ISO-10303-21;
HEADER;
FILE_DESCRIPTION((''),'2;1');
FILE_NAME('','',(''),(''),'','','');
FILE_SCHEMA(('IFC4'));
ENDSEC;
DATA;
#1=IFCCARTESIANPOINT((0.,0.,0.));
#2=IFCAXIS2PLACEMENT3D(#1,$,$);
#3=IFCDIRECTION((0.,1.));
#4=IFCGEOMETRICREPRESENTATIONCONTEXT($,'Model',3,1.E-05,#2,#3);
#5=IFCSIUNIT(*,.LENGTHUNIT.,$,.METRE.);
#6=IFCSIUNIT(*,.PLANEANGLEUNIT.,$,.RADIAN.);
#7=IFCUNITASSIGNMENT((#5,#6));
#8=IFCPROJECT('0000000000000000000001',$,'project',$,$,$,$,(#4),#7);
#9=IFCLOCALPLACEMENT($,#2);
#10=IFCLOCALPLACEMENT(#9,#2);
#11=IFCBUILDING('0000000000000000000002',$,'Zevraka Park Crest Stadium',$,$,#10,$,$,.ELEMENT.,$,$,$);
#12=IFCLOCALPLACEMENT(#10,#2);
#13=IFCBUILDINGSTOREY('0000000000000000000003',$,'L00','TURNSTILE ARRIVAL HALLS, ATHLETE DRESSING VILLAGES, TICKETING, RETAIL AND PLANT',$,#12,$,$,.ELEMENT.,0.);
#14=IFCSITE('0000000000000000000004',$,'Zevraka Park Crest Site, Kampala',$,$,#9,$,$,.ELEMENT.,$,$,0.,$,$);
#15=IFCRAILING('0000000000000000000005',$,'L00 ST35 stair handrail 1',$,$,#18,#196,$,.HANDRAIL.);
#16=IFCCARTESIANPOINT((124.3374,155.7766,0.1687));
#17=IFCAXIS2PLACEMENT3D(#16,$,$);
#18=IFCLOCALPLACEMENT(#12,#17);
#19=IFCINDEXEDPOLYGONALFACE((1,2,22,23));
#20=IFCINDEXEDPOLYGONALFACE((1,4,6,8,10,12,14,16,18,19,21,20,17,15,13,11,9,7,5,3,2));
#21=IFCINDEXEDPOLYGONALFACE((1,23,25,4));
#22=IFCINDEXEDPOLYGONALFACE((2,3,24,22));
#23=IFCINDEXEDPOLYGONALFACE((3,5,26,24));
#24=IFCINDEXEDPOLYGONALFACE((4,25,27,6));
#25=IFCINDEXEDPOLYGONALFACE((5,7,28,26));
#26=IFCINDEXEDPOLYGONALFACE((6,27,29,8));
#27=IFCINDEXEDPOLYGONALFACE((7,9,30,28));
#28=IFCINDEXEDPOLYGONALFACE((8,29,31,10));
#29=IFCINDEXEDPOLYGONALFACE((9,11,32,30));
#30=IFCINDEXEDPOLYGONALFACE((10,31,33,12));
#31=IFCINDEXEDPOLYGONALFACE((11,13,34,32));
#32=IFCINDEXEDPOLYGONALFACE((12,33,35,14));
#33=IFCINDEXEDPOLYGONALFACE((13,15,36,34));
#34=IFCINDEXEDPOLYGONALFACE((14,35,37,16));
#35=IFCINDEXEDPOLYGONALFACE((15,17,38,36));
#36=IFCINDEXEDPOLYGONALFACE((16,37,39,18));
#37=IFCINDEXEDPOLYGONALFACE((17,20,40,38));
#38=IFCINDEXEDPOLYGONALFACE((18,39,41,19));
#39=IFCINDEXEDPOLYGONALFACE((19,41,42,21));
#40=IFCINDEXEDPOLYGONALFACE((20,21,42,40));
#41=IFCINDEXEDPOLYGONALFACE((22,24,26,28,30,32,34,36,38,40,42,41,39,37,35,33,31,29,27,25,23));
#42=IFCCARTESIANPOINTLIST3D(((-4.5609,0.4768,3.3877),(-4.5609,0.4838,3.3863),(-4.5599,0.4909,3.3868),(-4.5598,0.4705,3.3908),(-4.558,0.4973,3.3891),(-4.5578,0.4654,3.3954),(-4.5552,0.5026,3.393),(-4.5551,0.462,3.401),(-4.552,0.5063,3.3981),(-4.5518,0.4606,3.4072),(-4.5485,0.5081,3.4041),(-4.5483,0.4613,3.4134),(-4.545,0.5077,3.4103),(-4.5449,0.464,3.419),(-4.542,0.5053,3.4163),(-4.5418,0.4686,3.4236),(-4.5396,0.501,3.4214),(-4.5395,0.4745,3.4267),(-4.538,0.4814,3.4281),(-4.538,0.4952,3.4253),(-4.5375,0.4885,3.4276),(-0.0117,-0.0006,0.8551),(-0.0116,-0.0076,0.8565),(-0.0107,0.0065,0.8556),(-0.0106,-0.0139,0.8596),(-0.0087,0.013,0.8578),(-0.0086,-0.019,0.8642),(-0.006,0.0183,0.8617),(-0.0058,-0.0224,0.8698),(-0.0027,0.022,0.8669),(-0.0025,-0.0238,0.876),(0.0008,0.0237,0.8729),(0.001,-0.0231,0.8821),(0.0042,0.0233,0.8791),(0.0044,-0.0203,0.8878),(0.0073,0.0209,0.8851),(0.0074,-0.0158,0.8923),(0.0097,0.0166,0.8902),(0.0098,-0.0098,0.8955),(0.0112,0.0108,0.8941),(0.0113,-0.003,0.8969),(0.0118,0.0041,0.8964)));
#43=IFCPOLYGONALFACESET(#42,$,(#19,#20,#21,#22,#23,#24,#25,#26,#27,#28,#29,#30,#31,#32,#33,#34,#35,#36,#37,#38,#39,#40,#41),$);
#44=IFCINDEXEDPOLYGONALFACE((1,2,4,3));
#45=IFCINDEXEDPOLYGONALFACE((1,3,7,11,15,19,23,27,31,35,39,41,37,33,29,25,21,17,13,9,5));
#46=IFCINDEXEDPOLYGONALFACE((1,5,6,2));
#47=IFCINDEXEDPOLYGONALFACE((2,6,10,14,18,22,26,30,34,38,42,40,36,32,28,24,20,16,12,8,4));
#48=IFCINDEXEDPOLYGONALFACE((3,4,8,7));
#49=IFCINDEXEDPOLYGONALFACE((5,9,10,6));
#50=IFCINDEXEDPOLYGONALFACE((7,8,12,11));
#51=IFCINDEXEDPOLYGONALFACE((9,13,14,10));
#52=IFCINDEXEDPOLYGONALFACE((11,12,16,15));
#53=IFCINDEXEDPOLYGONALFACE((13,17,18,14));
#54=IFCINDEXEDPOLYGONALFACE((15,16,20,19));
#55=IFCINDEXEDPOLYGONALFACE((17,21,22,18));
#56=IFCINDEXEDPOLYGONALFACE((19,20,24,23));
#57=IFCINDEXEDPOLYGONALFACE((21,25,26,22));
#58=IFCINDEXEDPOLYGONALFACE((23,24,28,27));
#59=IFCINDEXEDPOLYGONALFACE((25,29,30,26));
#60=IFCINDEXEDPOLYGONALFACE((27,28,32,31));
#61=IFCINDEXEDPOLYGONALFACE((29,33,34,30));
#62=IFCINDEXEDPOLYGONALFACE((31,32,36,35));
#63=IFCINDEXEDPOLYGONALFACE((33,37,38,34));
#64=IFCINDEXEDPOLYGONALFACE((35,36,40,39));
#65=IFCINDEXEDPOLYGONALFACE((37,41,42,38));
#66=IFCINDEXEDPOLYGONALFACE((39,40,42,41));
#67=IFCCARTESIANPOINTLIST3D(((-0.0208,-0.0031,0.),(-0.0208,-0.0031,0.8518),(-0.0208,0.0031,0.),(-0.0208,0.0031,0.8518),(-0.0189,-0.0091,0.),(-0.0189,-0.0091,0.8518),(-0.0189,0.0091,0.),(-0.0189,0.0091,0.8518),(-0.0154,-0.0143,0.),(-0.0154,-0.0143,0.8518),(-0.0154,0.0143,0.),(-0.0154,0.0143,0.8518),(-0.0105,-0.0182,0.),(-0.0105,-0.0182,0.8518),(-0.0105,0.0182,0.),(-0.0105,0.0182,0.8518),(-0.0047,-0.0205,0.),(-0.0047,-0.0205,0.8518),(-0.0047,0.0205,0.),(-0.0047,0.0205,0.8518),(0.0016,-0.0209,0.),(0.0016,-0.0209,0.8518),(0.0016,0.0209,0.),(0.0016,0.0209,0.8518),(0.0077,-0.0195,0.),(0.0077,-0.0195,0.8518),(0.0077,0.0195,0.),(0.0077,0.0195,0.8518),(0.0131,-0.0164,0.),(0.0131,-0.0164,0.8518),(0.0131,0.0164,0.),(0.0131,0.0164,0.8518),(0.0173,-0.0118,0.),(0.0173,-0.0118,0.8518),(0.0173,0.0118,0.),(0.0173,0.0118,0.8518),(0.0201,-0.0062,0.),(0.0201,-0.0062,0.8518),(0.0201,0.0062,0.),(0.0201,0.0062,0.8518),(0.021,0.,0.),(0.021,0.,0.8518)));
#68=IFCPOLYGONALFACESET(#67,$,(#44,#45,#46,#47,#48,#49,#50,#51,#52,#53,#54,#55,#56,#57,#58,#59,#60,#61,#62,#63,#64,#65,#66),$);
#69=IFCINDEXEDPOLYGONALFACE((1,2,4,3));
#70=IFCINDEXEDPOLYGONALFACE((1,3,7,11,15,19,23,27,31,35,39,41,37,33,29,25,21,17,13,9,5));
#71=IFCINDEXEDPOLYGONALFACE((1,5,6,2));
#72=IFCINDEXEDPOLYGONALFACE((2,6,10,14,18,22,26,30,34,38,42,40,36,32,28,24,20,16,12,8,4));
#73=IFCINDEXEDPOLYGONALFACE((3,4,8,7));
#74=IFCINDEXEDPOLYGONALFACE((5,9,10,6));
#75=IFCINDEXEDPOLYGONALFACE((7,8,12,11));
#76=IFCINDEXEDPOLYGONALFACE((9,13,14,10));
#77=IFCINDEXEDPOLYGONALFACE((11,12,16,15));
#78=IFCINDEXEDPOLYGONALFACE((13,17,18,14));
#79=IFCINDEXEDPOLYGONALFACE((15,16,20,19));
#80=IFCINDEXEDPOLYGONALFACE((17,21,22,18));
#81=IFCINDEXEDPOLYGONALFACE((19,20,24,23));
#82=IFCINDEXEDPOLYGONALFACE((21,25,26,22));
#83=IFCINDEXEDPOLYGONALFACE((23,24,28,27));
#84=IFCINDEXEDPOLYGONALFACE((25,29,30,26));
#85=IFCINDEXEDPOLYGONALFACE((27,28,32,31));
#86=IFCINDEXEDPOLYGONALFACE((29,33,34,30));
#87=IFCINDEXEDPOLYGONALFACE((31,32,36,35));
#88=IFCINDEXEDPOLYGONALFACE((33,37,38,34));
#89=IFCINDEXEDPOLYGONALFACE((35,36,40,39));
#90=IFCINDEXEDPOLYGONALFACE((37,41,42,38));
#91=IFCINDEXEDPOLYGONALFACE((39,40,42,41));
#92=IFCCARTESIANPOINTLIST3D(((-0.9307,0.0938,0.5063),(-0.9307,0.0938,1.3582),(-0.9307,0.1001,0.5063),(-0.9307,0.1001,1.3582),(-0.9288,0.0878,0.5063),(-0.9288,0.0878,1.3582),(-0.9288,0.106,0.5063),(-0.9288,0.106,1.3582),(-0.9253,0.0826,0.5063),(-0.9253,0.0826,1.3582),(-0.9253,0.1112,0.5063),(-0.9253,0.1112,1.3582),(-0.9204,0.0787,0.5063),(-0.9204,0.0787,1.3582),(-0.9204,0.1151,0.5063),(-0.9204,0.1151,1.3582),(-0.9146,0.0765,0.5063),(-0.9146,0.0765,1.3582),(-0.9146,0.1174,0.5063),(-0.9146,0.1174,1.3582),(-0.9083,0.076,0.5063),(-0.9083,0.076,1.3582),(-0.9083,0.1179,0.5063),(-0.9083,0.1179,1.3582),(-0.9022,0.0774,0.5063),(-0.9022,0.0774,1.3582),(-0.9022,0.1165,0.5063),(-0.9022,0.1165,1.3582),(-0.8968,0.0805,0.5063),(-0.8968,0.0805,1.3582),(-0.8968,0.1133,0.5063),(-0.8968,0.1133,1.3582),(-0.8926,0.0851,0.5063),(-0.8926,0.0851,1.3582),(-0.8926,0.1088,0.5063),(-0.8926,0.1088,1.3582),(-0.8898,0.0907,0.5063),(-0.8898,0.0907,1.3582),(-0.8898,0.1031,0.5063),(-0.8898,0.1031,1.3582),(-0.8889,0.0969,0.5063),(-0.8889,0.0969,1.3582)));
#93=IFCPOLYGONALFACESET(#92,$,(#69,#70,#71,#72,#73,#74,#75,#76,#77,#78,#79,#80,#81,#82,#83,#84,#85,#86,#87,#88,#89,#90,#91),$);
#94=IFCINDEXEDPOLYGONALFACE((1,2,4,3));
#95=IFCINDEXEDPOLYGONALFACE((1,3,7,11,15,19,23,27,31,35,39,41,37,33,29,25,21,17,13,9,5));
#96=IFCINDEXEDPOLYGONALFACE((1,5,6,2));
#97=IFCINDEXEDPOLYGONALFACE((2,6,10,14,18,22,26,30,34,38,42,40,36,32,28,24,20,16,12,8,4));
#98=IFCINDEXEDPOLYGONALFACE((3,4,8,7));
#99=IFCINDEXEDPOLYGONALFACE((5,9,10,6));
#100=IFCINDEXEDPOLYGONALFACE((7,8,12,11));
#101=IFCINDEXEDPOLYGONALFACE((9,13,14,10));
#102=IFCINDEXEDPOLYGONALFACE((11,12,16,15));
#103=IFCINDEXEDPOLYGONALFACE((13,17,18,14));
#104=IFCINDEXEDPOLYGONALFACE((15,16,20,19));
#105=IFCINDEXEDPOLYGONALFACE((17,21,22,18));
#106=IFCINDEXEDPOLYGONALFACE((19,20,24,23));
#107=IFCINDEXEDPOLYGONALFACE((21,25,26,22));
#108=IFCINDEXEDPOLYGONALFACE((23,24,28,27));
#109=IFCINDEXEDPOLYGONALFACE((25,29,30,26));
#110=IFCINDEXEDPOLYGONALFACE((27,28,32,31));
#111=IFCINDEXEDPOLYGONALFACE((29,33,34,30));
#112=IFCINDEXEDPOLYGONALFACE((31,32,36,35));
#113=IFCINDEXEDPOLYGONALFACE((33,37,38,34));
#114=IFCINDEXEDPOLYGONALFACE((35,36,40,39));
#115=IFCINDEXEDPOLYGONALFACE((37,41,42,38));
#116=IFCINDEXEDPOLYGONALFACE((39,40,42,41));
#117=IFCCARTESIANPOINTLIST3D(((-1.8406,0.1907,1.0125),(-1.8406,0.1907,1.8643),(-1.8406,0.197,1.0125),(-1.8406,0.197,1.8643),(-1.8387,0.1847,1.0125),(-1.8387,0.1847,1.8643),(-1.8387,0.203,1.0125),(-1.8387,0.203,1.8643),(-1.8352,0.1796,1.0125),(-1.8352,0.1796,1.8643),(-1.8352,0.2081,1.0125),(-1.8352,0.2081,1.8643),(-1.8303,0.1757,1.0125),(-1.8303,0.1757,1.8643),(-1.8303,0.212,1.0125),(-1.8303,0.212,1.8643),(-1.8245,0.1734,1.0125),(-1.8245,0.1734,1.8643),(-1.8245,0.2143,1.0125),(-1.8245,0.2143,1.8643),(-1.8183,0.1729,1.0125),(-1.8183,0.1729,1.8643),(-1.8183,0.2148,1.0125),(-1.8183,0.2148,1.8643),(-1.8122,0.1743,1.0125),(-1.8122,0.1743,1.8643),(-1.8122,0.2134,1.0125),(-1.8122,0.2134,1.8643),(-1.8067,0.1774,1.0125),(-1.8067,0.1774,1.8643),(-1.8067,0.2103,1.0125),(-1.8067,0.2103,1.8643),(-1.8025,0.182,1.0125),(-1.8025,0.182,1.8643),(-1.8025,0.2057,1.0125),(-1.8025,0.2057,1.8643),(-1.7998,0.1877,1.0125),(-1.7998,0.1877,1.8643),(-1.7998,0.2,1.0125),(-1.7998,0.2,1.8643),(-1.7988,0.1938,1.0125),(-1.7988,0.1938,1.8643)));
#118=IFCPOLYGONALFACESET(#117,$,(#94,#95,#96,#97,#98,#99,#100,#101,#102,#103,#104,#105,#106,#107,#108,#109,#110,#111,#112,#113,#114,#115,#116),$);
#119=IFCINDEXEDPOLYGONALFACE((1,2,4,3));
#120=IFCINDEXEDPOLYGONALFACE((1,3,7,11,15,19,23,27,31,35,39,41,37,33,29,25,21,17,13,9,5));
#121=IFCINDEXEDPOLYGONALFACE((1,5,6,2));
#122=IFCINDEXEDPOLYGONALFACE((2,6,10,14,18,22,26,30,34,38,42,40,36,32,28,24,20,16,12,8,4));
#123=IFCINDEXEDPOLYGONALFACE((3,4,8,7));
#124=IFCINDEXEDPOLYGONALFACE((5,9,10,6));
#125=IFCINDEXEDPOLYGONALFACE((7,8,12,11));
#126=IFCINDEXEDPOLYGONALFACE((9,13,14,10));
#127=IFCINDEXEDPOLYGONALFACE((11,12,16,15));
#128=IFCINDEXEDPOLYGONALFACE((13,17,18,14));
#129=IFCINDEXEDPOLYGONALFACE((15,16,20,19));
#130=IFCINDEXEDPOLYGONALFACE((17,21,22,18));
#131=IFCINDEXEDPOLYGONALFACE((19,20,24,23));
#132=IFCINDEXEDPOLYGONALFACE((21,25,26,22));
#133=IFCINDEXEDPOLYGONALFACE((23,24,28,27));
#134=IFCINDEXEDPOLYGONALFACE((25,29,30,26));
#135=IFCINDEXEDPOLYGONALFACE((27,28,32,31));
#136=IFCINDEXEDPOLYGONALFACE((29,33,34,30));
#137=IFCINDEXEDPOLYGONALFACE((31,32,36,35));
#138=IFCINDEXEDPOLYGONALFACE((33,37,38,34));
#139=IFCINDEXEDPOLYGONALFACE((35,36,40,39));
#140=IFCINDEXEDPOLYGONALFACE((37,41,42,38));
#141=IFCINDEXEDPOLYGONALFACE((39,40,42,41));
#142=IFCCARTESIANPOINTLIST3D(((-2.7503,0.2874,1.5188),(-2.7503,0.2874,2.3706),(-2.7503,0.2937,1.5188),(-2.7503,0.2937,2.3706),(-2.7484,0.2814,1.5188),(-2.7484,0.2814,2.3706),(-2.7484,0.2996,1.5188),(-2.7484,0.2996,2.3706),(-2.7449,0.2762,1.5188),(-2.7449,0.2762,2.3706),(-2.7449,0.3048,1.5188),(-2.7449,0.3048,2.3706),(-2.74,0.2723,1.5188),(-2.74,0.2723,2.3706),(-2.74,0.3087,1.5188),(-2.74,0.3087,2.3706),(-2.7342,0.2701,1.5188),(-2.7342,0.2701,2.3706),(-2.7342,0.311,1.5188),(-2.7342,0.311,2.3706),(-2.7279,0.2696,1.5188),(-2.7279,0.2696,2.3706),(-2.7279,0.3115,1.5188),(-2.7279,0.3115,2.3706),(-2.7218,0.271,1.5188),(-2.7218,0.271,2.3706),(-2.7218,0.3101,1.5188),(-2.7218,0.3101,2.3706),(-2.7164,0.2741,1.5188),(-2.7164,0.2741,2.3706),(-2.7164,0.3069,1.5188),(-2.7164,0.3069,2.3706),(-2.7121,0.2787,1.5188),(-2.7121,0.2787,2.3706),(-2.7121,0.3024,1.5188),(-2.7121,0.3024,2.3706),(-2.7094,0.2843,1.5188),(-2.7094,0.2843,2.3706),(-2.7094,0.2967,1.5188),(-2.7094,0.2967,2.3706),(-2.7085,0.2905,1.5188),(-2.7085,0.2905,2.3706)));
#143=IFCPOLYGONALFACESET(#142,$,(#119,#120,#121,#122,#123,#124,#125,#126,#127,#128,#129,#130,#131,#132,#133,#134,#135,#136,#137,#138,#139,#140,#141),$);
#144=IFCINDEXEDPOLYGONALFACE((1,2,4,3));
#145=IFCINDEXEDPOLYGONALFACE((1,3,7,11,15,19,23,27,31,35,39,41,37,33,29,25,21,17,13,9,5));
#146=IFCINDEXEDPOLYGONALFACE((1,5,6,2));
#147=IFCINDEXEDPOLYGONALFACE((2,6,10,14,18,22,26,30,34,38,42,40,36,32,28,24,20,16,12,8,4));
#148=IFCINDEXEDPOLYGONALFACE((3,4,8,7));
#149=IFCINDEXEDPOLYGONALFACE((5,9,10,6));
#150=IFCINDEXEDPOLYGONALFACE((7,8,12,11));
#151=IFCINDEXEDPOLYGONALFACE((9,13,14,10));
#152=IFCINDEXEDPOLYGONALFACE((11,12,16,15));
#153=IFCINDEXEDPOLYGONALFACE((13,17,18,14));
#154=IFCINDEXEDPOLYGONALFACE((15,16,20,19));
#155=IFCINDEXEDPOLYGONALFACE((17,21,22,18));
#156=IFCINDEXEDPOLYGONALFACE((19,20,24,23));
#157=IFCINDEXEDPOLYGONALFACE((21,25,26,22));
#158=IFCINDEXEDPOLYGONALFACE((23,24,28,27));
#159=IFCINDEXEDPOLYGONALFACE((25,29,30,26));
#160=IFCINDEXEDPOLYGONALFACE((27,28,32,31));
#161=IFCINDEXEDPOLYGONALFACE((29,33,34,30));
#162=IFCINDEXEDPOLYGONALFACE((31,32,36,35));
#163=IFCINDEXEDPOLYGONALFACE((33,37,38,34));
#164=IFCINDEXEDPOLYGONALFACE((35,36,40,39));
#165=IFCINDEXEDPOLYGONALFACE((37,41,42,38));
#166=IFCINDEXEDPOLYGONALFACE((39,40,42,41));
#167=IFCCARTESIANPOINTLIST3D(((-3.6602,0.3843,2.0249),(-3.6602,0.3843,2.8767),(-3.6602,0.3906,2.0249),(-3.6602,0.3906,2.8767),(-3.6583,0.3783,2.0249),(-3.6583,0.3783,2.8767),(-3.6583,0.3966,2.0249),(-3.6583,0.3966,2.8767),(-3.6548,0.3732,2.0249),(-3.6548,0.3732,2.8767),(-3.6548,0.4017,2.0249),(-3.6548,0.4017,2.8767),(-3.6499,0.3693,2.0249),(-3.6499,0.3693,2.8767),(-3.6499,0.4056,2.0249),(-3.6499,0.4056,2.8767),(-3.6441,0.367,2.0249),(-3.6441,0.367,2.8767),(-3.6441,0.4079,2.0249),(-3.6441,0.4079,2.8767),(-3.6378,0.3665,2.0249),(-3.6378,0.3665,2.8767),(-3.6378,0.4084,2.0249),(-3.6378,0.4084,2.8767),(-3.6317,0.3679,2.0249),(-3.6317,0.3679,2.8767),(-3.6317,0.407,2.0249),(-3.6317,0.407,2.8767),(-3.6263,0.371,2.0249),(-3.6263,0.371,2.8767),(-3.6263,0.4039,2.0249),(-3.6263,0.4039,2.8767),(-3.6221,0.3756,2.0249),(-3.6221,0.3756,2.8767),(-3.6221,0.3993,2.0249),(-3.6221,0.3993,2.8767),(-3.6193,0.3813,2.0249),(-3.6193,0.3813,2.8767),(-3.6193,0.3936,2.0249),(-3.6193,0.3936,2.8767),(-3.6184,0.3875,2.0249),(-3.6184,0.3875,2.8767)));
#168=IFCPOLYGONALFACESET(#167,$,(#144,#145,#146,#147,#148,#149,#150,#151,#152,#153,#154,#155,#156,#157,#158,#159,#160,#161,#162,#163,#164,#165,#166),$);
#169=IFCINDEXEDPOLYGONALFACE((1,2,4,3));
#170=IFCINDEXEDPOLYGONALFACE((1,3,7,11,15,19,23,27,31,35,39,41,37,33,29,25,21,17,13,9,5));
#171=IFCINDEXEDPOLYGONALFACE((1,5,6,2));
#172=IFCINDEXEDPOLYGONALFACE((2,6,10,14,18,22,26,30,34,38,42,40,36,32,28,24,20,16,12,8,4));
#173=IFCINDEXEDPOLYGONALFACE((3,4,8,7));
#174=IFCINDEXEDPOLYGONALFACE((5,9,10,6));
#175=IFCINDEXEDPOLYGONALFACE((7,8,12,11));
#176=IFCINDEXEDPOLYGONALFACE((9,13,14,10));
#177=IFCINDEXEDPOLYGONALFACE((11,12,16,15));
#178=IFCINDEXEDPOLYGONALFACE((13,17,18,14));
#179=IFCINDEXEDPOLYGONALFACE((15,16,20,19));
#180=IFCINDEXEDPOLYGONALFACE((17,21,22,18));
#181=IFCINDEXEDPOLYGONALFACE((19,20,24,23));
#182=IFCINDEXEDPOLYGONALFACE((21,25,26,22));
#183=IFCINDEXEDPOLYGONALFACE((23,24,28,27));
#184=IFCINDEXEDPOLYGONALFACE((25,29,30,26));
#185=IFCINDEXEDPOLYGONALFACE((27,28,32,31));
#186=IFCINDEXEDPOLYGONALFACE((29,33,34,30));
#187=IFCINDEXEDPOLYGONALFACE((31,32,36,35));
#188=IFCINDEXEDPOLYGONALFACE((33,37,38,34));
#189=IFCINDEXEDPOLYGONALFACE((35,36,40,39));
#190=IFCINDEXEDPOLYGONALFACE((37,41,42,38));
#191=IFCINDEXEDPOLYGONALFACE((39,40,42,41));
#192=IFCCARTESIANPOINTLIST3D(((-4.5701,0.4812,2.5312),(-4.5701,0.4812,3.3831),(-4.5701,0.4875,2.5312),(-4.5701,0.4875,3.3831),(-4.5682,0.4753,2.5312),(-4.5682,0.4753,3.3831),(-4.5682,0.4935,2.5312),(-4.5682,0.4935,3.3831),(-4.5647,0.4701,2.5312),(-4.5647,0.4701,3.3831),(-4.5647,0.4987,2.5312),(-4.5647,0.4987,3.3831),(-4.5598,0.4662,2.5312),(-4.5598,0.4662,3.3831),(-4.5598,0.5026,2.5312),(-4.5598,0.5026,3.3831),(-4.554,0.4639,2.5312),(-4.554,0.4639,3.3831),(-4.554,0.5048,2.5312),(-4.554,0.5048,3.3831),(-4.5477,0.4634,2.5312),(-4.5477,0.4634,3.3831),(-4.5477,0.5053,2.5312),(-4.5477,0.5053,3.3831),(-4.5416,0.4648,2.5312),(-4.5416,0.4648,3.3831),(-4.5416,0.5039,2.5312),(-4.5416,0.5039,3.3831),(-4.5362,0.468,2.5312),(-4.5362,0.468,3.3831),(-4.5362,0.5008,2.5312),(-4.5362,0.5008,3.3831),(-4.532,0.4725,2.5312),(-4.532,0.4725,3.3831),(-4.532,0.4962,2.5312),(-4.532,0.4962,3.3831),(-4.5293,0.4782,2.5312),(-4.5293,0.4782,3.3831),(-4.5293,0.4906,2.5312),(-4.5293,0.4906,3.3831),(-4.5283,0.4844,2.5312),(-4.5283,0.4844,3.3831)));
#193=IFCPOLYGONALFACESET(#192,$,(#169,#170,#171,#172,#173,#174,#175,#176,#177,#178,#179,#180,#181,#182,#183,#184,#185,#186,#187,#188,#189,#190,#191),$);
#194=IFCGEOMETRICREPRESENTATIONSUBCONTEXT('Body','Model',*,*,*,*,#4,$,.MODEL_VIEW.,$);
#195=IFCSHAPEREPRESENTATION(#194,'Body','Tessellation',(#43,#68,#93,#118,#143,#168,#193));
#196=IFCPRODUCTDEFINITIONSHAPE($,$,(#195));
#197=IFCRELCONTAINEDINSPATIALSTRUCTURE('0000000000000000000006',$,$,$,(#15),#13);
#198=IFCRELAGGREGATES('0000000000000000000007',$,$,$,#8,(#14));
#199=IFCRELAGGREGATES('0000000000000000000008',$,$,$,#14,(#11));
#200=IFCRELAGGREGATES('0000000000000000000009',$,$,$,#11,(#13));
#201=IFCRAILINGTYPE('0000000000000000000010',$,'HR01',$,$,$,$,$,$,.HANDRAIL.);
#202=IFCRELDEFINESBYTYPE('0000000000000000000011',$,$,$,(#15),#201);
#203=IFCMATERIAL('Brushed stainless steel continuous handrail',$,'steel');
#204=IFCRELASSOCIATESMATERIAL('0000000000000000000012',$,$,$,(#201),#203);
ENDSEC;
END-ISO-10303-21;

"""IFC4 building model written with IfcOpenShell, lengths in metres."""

from ifc_helpers import new_model, si_unit, direction, frame, origin, origin_2d, place, context, subcontext, project, spatial, circle, extrude, material, type_object, element, save


model = new_model("IFC4")

# Units and contexts
model_context = context("Model", 3, precision=1e-05, world=origin(), true_north=direction((0.0, 1.0)))
body_context = subcontext(model_context, "Body", "Model", "MODEL_VIEW")
ifc_project = project(units=[si_unit("LENGTHUNIT", "METRE"), si_unit("PLANEANGLEUNIT", "RADIAN")], contexts=[model_context])

# Site, building, storey
site_placement = place(None, origin())
site = spatial("IfcSite", under=ifc_project, at=site_placement, Name="Zevraka Park Crest Site, Kampala", CompositionType="ELEMENT", RefElevation=0.0)
building_placement = place(site_placement, origin())
building = spatial("IfcBuilding", under=site, at=building_placement, Name="Zevraka Park Crest Stadium", CompositionType="ELEMENT")
storey_placement = place(building_placement, origin())
storey = spatial("IfcBuildingStorey", under=building, at=storey_placement, Name="L00", Description="TURNSTILE ARRIVAL HALLS, ATHLETE DRESSING VILLAGES, TICKETING, RETAIL AND PLANT", CompositionType="ELEMENT", Elevation=0.0)

# Railing
ifc_material_1 = material(Name="Brushed stainless steel continuous handrail", Category="steel")
railing_type_1 = type_object("IfcRailingType", Name="HR01", PredefinedType="HANDRAIL", material=ifc_material_1)
railing_1_placement = place(storey_placement, frame((124.3374, 155.7766, 0.1687)))
element("IfcRailing", 1, at=railing_1_placement, inside=storey, type_object=railing_type_1, Name="L00 ST35 stair handrail 1", PredefinedType="HANDRAIL", context=body_context, shape_type="SweptSolid", body=[
    extrude(circle(Radius=0.0239, at=origin_2d()), frame((0.0, 0.0, 0.876), z_axis=(-0.870085, 0.09264, 0.484117), x_axis=(-0.105874, -0.99438, 0.0)), (0.0, 0.0, 1.0), 5.2285),
    extrude(circle(Radius=0.021, at=origin_2d()), origin(), (0.0, 0.0, 1.0), 0.8518),
    extrude(circle(Radius=0.021, at=origin_2d()), frame((-0.9099, 0.0969, 0.5063)), (0.0, 0.0, 1.0), 0.8518),
    extrude(circle(Radius=0.021, at=origin_2d()), frame((-1.8198, 0.1938, 1.0125)), (0.0, 0.0, 1.0), 0.8518),
    extrude(circle(Radius=0.021, at=origin_2d()), frame((-2.7295, 0.2905, 1.5188)), (0.0, 0.0, 1.0), 0.8518),
    extrude(circle(Radius=0.021, at=origin_2d()), frame((-3.6394, 0.3875, 2.0249)), (0.0, 0.0, 1.0), 0.8518),
    extrude(circle(Radius=0.021, at=origin_2d()), frame((-4.5493, 0.4844, 2.5312)), (0.0, 0.0, 1.0), 0.8518),
])

save(model, "model.ifc")
